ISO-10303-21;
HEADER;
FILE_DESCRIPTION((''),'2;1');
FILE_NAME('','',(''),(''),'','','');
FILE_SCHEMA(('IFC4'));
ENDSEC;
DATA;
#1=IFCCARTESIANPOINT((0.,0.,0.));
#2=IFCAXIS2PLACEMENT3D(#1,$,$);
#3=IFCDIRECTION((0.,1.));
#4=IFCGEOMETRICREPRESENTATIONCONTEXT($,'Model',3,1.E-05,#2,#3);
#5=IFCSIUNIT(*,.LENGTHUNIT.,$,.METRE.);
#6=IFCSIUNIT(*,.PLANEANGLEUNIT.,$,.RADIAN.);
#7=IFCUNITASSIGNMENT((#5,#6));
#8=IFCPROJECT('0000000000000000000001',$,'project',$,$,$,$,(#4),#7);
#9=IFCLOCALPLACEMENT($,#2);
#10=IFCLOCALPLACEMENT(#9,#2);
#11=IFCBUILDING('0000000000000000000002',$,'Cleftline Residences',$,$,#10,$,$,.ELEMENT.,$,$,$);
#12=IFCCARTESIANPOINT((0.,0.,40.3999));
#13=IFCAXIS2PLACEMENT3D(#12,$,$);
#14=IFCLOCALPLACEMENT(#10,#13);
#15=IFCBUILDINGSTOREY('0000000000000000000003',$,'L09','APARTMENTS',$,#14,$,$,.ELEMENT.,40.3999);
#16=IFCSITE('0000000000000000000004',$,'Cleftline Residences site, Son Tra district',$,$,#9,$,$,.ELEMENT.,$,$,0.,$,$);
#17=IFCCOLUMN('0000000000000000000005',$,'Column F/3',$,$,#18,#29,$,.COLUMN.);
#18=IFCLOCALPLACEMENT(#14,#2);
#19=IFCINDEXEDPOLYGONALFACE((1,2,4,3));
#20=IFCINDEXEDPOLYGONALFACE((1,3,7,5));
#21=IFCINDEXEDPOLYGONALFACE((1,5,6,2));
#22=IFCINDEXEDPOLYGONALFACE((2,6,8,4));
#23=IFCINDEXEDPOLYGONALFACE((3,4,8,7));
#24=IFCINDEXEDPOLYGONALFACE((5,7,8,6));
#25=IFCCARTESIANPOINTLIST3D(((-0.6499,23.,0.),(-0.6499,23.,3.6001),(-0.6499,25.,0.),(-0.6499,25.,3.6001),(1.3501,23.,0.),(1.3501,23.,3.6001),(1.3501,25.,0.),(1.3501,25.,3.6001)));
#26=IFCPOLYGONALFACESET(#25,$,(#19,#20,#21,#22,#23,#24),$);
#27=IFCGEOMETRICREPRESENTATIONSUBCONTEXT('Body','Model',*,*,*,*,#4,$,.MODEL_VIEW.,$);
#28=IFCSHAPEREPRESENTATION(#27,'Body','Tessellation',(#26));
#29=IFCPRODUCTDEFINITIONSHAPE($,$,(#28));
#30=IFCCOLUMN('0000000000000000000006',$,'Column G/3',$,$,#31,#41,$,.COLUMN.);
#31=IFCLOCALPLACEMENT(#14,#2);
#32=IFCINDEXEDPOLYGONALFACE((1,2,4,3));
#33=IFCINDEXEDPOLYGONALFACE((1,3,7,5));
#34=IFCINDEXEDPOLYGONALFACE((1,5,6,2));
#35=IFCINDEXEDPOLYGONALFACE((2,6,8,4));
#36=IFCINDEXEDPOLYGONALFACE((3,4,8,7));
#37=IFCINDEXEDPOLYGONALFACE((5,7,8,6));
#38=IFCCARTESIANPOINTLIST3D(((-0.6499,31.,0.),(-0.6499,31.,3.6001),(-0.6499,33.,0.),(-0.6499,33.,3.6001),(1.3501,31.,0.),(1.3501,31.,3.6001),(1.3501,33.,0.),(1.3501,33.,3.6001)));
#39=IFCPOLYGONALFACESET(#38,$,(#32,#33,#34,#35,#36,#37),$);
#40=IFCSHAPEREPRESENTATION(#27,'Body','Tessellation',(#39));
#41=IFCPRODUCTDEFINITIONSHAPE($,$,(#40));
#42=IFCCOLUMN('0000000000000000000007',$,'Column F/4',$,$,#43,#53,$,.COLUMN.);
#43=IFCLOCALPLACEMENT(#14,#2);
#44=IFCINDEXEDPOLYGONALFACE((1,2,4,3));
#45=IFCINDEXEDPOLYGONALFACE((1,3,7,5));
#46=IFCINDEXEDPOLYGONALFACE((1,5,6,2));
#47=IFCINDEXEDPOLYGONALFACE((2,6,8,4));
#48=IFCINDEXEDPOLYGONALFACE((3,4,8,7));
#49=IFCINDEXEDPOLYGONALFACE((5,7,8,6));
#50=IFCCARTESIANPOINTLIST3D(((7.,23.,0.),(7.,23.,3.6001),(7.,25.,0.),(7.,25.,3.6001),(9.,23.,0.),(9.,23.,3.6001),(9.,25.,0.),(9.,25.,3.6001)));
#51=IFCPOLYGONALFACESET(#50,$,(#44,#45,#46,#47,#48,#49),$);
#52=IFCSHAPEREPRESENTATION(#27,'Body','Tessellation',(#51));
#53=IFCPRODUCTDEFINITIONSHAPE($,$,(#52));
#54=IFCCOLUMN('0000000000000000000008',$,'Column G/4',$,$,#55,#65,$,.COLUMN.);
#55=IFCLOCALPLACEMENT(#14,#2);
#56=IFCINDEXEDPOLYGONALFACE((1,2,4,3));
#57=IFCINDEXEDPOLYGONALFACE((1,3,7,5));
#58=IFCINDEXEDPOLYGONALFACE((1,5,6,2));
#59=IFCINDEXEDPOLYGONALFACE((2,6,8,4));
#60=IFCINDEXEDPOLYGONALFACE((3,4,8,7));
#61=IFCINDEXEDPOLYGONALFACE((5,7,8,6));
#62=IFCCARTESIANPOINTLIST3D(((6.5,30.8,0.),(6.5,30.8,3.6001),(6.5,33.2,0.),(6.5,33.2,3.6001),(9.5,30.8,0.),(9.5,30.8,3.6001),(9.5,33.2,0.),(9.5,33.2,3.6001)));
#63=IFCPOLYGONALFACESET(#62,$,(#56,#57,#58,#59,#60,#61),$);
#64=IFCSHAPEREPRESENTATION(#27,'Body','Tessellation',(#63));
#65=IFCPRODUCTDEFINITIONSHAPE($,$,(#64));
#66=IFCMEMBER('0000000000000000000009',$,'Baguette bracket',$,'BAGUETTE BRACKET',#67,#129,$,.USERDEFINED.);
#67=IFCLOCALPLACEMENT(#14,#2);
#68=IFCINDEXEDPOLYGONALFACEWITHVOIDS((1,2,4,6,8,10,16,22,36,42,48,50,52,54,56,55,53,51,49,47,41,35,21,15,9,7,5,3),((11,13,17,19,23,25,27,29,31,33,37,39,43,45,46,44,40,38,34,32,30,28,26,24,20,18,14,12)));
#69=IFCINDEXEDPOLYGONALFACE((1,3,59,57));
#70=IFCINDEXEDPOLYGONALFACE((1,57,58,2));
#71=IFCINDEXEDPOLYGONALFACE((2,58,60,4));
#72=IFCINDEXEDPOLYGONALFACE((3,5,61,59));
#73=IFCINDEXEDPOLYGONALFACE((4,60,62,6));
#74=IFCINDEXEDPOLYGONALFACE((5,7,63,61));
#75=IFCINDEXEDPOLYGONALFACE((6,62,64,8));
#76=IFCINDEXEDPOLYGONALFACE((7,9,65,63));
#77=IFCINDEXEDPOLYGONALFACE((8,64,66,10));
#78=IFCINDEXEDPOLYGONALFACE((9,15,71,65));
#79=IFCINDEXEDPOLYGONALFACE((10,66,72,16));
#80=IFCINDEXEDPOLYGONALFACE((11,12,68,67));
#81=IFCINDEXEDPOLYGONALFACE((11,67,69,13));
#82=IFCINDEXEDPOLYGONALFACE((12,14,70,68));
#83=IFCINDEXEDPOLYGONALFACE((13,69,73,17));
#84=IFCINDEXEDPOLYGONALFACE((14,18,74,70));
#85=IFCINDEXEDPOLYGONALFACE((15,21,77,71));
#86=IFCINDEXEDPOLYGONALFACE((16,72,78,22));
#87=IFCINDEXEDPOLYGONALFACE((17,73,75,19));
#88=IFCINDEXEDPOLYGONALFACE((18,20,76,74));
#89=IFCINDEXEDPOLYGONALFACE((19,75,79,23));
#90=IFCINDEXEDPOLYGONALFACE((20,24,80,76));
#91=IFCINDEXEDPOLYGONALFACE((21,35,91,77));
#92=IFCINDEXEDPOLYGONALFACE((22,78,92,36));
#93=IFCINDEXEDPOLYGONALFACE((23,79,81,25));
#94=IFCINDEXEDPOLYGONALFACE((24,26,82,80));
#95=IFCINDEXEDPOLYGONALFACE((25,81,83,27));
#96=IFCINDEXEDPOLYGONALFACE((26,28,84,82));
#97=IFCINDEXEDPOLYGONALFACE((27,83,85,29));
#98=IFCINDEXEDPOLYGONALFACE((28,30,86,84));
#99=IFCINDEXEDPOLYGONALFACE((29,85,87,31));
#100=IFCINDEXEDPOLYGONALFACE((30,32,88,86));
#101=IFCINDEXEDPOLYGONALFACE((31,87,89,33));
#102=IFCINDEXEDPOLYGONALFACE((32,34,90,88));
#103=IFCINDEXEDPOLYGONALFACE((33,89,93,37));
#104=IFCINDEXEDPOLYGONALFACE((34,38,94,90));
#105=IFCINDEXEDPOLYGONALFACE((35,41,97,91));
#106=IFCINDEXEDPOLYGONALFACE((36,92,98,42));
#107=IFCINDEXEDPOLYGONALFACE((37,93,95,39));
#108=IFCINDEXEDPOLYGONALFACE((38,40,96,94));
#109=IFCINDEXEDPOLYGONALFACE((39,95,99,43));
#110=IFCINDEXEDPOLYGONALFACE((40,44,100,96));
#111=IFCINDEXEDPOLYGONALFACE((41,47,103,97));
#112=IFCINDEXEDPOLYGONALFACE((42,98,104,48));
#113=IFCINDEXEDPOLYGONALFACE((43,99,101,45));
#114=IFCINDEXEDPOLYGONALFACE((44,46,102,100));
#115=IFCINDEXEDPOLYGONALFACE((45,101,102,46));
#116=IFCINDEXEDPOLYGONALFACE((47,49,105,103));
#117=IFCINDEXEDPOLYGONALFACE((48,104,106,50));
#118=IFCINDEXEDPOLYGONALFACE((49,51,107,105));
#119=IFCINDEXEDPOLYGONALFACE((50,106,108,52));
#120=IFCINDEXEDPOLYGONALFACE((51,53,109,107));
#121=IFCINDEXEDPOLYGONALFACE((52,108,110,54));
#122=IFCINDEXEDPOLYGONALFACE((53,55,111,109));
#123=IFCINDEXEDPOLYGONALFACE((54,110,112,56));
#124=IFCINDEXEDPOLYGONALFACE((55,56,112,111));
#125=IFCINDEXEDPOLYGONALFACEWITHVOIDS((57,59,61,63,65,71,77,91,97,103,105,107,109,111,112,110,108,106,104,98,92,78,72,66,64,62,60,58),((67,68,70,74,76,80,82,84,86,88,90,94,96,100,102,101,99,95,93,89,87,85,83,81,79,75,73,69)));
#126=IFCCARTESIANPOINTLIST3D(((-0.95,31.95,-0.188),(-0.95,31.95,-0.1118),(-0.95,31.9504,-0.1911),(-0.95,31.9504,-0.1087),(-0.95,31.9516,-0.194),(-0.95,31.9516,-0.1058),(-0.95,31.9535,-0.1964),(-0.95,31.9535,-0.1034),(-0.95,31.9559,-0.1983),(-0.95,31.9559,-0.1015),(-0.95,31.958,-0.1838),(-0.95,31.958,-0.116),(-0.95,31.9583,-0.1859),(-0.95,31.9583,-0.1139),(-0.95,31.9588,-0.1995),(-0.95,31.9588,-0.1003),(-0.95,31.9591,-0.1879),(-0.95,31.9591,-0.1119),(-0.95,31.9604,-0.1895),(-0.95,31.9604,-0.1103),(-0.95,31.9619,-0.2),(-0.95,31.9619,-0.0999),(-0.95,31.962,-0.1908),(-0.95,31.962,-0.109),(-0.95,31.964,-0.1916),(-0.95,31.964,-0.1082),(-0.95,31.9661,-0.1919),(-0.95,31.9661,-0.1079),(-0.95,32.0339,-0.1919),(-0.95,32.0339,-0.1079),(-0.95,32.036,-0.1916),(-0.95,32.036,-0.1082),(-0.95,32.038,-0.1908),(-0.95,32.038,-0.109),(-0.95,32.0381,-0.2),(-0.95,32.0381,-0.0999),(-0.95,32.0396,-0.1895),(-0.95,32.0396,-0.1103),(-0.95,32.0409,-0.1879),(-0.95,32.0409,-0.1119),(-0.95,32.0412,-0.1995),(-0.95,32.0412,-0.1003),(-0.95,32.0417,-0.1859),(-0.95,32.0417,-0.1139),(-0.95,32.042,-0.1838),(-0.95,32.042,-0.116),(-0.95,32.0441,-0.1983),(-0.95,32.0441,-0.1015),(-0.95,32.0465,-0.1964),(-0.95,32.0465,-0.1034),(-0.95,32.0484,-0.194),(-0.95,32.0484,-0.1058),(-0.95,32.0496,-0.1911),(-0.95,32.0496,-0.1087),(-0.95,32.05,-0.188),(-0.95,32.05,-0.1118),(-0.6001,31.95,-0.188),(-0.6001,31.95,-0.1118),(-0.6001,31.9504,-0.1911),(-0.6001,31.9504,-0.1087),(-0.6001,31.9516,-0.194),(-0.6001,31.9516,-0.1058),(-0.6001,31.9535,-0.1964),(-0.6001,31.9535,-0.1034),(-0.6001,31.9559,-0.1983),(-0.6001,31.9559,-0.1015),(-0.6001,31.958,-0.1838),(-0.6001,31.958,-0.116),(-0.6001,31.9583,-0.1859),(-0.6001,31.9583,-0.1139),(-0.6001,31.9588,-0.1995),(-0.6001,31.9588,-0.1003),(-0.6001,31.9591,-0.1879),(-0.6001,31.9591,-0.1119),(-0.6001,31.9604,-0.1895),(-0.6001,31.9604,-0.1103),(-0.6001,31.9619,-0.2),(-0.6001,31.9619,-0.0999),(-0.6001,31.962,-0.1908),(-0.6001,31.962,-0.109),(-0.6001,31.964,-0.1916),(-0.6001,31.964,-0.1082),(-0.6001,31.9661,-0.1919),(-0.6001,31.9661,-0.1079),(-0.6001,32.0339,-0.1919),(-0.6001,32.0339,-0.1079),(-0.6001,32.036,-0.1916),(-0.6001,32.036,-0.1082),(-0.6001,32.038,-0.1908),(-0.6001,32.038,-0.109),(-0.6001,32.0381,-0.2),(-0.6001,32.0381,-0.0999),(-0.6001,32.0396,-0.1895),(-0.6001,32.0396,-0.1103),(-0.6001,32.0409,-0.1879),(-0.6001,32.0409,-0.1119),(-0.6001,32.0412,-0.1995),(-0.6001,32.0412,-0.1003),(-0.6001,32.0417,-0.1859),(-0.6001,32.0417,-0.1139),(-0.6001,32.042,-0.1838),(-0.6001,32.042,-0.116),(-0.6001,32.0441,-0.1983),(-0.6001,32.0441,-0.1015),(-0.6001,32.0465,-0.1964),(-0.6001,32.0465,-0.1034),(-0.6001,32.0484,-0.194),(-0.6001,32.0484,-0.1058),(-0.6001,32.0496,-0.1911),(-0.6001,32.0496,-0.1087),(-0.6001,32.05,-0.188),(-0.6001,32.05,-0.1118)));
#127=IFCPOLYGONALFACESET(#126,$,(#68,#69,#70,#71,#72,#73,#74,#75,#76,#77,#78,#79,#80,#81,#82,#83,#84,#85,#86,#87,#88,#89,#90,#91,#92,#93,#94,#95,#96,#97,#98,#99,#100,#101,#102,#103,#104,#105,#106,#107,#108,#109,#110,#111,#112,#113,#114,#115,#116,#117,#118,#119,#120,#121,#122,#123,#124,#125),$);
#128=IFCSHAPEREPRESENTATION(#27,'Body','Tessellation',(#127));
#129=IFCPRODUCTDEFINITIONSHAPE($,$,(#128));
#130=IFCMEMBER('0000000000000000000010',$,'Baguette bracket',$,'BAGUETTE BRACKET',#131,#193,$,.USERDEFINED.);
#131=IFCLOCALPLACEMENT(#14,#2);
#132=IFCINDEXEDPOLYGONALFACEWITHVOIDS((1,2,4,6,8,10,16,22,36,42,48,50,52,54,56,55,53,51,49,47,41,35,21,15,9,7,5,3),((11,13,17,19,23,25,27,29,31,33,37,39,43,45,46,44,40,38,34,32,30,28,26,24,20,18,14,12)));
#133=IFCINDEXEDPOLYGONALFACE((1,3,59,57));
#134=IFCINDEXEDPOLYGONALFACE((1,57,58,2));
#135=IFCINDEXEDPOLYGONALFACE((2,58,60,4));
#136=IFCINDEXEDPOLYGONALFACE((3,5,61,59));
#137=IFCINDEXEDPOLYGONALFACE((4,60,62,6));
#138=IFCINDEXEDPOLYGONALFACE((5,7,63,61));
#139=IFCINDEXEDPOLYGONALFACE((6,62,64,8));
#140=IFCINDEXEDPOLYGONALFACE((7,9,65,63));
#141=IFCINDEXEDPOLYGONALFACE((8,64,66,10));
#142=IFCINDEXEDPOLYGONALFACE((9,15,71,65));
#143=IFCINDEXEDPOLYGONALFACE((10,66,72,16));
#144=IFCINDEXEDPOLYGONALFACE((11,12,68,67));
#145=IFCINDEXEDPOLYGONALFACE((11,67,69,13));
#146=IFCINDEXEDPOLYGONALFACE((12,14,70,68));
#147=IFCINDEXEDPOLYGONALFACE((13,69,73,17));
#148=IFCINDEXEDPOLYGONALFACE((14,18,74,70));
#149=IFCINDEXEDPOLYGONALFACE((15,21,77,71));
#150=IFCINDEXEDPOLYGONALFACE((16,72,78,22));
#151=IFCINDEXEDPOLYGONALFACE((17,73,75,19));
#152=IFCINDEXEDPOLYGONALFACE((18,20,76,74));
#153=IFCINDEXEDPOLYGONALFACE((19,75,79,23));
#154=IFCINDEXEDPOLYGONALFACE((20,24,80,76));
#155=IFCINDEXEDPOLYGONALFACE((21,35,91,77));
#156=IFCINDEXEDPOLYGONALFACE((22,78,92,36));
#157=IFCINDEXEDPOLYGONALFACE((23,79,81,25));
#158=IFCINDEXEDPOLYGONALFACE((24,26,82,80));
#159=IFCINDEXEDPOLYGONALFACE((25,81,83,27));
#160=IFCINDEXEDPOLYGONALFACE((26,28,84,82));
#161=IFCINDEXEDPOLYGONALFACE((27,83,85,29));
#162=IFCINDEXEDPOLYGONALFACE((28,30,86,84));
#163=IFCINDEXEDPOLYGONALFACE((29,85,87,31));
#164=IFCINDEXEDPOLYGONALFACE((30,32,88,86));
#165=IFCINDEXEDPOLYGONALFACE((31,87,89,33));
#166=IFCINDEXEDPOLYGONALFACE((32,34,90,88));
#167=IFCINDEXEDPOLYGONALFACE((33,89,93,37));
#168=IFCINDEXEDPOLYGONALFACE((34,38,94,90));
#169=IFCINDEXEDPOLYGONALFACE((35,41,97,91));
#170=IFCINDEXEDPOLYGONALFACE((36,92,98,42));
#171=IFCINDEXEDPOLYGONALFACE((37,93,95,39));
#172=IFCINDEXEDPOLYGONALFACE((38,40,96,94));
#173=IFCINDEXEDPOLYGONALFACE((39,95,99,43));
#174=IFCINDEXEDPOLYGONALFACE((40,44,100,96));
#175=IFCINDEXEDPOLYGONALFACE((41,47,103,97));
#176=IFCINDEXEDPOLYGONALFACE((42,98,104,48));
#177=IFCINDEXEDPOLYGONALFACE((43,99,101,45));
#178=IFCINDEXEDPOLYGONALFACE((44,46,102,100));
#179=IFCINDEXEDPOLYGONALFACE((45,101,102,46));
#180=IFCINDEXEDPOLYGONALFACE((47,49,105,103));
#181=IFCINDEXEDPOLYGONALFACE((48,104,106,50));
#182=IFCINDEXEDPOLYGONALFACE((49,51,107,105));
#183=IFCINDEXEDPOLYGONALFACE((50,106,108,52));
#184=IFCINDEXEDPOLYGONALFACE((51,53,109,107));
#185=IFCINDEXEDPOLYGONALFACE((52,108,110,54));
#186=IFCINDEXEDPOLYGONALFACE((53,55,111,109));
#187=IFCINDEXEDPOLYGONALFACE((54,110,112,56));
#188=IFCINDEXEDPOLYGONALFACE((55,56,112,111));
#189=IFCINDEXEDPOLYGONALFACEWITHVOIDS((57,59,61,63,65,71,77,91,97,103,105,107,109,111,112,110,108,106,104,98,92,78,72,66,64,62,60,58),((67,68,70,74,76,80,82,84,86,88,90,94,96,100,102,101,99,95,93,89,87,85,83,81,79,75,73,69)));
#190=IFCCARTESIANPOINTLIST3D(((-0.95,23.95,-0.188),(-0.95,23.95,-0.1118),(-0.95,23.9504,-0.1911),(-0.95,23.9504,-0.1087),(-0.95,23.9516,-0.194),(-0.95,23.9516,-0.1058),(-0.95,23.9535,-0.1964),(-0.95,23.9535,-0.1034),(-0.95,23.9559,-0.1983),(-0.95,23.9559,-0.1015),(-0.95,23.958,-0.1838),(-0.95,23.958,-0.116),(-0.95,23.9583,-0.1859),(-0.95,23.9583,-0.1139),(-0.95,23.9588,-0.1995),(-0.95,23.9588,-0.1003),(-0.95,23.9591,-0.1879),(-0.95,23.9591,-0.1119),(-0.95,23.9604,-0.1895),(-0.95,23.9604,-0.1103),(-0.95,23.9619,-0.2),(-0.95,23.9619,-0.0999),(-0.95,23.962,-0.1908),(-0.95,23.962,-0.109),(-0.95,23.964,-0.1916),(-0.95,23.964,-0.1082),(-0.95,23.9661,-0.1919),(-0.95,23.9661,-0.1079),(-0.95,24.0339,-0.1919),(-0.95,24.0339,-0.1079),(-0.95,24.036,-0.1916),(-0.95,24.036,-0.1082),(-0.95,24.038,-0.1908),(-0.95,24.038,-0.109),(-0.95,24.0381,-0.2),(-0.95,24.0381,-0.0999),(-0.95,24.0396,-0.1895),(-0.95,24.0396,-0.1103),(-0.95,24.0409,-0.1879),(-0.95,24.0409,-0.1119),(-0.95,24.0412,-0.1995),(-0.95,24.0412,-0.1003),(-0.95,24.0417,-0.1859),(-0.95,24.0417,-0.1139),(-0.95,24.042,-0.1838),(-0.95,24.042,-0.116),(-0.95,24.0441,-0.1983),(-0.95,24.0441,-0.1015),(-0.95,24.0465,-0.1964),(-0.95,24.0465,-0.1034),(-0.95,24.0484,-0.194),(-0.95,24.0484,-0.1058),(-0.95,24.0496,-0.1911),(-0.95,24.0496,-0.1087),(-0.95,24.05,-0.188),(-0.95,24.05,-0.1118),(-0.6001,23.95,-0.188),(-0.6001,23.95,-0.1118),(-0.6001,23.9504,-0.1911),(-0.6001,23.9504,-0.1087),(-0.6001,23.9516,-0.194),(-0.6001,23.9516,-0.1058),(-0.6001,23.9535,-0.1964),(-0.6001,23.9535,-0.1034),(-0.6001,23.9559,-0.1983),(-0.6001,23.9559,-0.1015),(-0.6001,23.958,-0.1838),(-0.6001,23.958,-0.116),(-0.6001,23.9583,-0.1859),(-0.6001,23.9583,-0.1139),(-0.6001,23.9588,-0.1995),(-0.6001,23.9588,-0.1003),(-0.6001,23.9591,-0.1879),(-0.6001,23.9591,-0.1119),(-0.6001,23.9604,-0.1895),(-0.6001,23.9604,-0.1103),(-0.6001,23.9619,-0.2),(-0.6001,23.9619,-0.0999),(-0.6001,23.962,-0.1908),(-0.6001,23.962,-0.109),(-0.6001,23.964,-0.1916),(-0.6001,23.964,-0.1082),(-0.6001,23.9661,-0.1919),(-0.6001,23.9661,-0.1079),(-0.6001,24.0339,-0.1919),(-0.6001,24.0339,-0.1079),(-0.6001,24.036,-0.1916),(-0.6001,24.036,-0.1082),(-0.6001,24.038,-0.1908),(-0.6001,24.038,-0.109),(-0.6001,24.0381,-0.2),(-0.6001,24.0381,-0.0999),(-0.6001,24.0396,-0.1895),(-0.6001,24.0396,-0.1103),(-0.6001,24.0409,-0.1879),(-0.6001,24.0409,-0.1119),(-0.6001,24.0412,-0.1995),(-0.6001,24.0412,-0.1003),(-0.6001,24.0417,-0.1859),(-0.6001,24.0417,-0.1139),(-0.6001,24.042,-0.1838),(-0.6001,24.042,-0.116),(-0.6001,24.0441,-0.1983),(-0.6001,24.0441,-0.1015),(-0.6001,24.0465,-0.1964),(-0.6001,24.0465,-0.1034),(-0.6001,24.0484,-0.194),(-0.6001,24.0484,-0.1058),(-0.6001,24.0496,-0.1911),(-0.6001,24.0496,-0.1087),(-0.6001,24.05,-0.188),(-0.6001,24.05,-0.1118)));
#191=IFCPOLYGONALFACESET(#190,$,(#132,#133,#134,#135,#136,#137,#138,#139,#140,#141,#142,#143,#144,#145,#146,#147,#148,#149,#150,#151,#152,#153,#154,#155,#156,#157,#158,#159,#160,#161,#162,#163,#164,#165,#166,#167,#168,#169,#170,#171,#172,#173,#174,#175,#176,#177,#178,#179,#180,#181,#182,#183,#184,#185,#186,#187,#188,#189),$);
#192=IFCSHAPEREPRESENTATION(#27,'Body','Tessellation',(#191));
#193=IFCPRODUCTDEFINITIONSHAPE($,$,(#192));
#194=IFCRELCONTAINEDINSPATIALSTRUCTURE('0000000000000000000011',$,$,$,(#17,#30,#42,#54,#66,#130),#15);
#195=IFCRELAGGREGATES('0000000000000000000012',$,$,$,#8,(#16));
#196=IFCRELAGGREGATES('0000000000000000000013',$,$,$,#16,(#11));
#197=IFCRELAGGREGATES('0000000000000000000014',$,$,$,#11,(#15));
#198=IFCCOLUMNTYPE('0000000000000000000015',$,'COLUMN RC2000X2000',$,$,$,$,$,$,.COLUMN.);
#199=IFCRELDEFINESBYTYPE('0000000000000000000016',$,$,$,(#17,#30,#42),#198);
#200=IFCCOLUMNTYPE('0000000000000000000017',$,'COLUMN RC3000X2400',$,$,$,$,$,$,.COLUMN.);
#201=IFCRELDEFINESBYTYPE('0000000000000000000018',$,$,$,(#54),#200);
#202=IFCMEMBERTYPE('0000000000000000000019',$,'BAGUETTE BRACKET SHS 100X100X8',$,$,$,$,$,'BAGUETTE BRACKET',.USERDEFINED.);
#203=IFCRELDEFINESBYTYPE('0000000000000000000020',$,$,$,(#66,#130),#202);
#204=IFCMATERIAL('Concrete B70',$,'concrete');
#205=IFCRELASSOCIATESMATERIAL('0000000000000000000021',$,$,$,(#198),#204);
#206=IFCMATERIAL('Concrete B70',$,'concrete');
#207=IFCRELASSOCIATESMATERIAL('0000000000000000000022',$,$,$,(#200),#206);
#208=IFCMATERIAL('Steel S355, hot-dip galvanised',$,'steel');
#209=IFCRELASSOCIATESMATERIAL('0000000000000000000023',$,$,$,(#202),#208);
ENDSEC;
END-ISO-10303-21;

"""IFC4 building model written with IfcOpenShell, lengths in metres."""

from ifc_helpers import new_model, si_unit, direction, frame, origin, origin_2d, place, context, subcontext, project, spatial, rectangle, hollow_rectangle, extrude, material, material_profile, profile_set, type_object, element, save


model = new_model("IFC4")

# Units and contexts
model_context = context("Model", 3, precision=1e-05, world=origin(), true_north=direction((0.0, 1.0)))
body_context = subcontext(model_context, "Body", "Model", "MODEL_VIEW")
ifc_project = project(units=[si_unit("LENGTHUNIT", "METRE"), si_unit("PLANEANGLEUNIT", "RADIAN")], contexts=[model_context])

# Site, building, storey
site_placement = place(None, origin())
site = spatial("IfcSite", under=ifc_project, at=site_placement, Name="Cleftline Residences site, Son Tra district", CompositionType="ELEMENT", RefElevation=0.0)
building_placement = place(site_placement, origin())
building = spatial("IfcBuilding", under=site, at=building_placement, Name="Cleftline Residences", CompositionType="ELEMENT")
storey_placement = place(building_placement, frame((0.0, 0.0, 40.3999)))
storey = spatial("IfcBuildingStorey", under=building, at=storey_placement, Name="L09", Description="APARTMENTS", CompositionType="ELEMENT", Elevation=40.3999)

# Columns
ifc_material_1 = material(Name="Concrete B70", Category="concrete")
ifc_material_profile_1 = material_profile(ifc_material_1, rectangle(XDim=2.0, YDim=2.0, at=origin_2d()))
ifc_profile_set_1 = profile_set([ifc_material_profile_1], Name="Concrete B70")
column_type_1 = type_object("IfcColumnType", Name="COLUMN RC2000X2000", PredefinedType="COLUMN", material=ifc_profile_set_1)
for number, where, z_axis, x_axis, name in (
    (1, (0.3501, 24.0, 0.0), (0.0, 0.0, 1.0), (1.0, 0.0, 0.0), "Column F/3"),
    (2, (0.3501, 32.0, 0.0), (0.0, 0.0, 1.0), (1.0, 0.0, 0.0), "Column G/3"),
    (3, (8.0, 24.0, 0.0), (0.0, 0.0, 1.0), (1.0, 0.0, 0.0), "Column F/4"),
):
    element("IfcColumn", number, at=place(storey_placement, frame(where, z_axis=z_axis, x_axis=x_axis)), inside=storey, type_object=column_type_1, Name=name, PredefinedType="COLUMN", context=body_context, shape_type="SweptSolid", body=[
        extrude(rectangle(XDim=2.0, YDim=2.0, at=origin_2d()), origin(), (0.0, 0.0, 1.0), 3.6001),
    ])
ifc_material_2 = material(Name="Concrete B70", Category="concrete")
ifc_material_profile_2 = material_profile(ifc_material_2, rectangle(XDim=3.0, YDim=2.3999, at=origin_2d()))
ifc_profile_set_2 = profile_set([ifc_material_profile_2], Name="Concrete B70")
column_type_2 = type_object("IfcColumnType", Name="COLUMN RC3000X2400", PredefinedType="COLUMN", material=ifc_profile_set_2)
column_placement = place(storey_placement, frame((8.0, 32.0, 0.0), z_axis=(0.0, 0.0, 1.0), x_axis=(1.0, 0.0, 0.0)))
element("IfcColumn", 4, at=column_placement, inside=storey, type_object=column_type_2, Name="Column G/4", PredefinedType="COLUMN", context=body_context, shape_type="SweptSolid", body=[
    extrude(rectangle(XDim=3.0, YDim=2.3999, at=origin_2d()), origin(), (0.0, 0.0, 1.0), 3.6001),
])

# Members
ifc_material_3 = material(Name="Steel S355, hot-dip galvanised", Category="steel")
ifc_material_profile_3 = material_profile(ifc_material_3, hollow_rectangle(XDim=0.1001, YDim=0.1001, WallThickness=0.0081, InnerFilletRadius=0.0081, OuterFilletRadius=0.012, at=origin_2d()))
ifc_profile_set_3 = profile_set([ifc_material_profile_3], Name="Steel S355, hot-dip galvanised")
member_type_1 = type_object("IfcMemberType", Name="BAGUETTE BRACKET SHS 100X100X8", ElementType="BAGUETTE BRACKET", PredefinedType="USERDEFINED", material=ifc_profile_set_3)
for number, where, z_axis, x_axis, name in (
    (5, (-0.6001, 32.0, -0.1499), (-1.0, 0.0, 0.0), (0.0, -1.0, 0.0), "Baguette bracket"),
    (6, (-0.6001, 24.0, -0.1499), (-1.0, 0.0, 0.0), (0.0, -1.0, 0.0), "Baguette bracket"),
):
    element("IfcMember", number, at=place(storey_placement, frame(where, z_axis=z_axis, x_axis=x_axis)), inside=storey, type_object=member_type_1, Name=name, ObjectType="BAGUETTE BRACKET", PredefinedType="USERDEFINED", context=body_context, shape_type="SweptSolid", body=[
        extrude(hollow_rectangle(XDim=0.1001, YDim=0.1001, WallThickness=0.0081, InnerFilletRadius=0.0081, OuterFilletRadius=0.012, at=origin_2d()), origin(), (0.0, 0.0, 1.0), 0.3499),
    ])

save(model, "model.ifc")
